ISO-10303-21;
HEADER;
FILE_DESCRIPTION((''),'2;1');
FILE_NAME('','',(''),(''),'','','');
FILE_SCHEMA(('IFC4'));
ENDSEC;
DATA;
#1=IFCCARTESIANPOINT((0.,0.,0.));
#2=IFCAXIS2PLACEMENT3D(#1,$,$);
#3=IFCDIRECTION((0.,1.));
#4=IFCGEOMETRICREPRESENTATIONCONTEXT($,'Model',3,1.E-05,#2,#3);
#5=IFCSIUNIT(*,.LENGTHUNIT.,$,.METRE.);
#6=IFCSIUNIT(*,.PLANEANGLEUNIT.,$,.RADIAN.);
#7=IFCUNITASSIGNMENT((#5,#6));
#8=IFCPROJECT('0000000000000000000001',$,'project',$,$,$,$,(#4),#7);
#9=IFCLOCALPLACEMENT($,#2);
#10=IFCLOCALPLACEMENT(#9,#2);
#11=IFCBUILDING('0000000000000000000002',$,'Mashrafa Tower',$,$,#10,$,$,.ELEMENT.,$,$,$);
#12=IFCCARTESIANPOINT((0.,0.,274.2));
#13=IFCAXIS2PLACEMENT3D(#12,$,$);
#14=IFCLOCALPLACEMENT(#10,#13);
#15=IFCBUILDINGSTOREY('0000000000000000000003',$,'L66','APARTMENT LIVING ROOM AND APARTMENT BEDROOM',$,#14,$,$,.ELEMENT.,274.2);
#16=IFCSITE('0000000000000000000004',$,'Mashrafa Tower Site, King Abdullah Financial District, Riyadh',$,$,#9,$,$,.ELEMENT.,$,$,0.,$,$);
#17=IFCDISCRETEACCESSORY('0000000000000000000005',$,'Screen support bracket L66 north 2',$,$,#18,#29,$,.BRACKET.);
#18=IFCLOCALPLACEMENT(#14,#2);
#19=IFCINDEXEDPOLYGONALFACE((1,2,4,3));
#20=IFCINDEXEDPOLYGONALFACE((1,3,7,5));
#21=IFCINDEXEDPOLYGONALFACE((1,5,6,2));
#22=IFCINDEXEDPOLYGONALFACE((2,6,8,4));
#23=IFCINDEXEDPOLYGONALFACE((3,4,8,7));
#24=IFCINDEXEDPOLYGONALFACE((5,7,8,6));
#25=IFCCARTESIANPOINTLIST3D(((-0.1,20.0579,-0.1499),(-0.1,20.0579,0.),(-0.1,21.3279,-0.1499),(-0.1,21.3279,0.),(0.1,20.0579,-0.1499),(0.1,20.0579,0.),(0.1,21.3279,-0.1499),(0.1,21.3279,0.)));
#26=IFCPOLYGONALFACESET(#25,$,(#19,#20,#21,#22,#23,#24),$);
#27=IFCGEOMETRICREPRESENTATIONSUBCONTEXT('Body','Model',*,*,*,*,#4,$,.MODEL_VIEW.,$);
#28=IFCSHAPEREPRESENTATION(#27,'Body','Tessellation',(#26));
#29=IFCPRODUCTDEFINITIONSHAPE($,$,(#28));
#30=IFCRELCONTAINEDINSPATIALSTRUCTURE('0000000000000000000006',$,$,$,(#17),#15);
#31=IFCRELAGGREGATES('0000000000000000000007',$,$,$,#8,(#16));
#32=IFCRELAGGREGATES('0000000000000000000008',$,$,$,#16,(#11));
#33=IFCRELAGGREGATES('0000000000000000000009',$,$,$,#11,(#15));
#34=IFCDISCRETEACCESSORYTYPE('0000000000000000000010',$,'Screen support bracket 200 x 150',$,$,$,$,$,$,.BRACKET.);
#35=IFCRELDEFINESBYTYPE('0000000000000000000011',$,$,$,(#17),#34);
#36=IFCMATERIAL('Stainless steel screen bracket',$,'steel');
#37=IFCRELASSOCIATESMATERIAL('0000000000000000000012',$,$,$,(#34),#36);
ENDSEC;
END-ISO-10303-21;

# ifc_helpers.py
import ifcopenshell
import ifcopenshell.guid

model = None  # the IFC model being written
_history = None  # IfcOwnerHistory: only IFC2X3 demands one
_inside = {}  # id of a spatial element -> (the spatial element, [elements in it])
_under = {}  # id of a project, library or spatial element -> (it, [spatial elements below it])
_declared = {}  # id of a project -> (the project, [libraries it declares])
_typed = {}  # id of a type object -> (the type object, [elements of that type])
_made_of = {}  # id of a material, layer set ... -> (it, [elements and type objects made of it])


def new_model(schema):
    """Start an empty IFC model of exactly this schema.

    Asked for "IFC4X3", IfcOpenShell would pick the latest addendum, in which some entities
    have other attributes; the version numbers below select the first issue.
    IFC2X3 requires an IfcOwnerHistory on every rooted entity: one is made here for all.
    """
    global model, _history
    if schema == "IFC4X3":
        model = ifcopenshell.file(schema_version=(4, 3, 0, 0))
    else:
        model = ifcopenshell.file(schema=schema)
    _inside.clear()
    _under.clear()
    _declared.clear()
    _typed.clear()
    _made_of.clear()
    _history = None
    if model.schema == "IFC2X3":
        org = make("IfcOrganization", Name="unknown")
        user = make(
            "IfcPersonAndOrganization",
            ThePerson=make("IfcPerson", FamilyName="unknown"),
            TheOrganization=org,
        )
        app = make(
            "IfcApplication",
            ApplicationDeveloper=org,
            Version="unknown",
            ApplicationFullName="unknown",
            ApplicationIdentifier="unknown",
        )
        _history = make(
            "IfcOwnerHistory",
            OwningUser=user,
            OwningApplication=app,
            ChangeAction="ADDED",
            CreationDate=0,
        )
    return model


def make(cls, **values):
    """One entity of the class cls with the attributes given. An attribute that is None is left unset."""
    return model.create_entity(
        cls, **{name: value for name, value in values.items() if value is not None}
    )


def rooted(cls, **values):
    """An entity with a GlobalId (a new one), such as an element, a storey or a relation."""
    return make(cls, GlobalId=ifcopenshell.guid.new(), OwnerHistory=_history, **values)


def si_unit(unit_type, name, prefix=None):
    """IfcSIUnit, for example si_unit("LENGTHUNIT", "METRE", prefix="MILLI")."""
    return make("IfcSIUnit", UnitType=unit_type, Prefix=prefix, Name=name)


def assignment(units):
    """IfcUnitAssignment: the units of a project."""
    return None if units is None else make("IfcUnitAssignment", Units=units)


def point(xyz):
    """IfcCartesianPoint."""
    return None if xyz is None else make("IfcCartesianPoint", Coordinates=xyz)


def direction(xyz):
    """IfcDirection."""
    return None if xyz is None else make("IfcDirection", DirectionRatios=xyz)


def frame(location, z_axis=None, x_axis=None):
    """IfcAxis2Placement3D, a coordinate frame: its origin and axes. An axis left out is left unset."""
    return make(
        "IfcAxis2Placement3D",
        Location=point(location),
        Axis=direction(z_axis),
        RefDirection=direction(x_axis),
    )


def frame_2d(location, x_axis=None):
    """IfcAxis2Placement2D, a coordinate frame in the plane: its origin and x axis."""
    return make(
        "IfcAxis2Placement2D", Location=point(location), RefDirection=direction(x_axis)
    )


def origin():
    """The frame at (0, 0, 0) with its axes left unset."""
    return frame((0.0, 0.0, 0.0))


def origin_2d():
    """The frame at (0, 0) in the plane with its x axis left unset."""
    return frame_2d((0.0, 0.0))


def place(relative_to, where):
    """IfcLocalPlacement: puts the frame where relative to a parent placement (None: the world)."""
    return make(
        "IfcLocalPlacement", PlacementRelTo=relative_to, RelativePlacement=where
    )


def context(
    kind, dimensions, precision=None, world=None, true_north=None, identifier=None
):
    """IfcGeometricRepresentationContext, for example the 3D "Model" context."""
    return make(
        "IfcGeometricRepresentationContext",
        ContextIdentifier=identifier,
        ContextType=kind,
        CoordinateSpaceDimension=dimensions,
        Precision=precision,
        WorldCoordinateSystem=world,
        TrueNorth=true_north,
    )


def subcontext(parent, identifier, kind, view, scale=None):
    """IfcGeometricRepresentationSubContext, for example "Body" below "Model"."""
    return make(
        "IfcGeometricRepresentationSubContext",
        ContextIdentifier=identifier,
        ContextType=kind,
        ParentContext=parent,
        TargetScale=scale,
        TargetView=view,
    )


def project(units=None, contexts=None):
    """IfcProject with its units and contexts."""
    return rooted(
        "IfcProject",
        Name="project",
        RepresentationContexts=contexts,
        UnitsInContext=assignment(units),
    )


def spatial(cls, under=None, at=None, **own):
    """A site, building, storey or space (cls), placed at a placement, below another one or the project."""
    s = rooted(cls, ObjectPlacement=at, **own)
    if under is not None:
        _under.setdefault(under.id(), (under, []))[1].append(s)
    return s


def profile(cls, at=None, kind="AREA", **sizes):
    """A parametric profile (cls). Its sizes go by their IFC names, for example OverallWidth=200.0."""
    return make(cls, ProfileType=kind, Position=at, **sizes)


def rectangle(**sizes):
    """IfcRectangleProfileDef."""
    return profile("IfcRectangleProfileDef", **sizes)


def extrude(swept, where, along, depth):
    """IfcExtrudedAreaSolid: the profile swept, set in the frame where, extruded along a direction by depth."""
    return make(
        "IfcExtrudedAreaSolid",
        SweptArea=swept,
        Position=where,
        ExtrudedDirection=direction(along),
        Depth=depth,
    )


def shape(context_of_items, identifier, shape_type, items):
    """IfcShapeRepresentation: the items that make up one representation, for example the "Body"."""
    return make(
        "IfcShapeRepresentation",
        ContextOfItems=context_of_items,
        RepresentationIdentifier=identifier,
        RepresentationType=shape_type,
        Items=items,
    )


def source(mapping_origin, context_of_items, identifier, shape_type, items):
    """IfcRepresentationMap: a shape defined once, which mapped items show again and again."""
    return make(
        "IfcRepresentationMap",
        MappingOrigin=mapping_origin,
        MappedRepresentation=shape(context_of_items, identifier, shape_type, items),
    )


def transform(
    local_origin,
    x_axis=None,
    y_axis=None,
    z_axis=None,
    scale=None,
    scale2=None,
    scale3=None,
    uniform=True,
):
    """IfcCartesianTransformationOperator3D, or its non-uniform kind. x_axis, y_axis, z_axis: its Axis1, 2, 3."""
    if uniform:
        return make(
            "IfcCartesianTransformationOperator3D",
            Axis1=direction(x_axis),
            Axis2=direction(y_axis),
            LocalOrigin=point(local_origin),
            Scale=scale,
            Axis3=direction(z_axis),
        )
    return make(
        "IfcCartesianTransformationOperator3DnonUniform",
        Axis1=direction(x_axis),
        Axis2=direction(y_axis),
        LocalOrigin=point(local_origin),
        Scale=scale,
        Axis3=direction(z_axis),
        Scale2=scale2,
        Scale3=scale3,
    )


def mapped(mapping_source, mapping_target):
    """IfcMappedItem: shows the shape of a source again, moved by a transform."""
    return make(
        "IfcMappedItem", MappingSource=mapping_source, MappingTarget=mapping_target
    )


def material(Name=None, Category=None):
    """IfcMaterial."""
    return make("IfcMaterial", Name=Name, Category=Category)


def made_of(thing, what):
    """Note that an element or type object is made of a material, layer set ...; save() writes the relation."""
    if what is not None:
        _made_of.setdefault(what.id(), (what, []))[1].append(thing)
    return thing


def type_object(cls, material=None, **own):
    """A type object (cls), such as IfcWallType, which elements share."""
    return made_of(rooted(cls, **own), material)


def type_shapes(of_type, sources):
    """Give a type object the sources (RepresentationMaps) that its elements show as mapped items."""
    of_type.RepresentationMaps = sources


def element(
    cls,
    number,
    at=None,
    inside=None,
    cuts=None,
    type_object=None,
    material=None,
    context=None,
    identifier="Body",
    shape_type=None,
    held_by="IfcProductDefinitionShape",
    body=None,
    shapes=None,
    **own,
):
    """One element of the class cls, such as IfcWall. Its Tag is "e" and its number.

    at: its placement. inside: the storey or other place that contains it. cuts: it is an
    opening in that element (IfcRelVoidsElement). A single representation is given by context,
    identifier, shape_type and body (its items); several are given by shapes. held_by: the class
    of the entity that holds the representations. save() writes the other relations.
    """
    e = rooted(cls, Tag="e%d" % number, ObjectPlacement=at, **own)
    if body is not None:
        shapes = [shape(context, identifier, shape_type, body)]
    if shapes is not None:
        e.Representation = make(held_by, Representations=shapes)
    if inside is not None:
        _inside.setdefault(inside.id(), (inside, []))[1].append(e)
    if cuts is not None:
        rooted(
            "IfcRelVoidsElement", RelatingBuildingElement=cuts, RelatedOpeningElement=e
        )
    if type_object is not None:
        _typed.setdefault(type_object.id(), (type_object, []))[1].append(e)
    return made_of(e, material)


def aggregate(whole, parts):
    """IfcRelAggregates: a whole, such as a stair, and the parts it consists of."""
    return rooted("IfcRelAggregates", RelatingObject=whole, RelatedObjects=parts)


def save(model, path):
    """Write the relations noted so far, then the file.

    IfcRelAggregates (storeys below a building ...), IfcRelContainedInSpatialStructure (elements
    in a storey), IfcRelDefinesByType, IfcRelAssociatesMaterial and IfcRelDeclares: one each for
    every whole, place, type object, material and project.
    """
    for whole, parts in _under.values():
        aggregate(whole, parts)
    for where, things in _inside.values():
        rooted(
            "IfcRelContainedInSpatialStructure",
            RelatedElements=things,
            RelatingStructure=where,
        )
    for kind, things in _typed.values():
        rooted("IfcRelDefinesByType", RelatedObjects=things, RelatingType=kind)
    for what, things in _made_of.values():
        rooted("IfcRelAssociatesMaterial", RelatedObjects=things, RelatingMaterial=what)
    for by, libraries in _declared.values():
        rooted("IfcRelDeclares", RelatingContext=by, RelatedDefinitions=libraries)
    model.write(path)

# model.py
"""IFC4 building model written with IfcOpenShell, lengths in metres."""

from ifc_helpers import new_model, si_unit, direction, frame, origin, origin_2d, place, context, subcontext, project, spatial, rectangle, extrude, source, transform, mapped, material, type_object, type_shapes, element, save


model = new_model("IFC4")

# Units and contexts
model_context = context("Model", 3, precision=1e-05, world=origin(), true_north=direction((0.0, 1.0)))
body_context = subcontext(model_context, "Body", "Model", "MODEL_VIEW")
ifc_project = project(units=[si_unit("LENGTHUNIT", "METRE"), si_unit("PLANEANGLEUNIT", "RADIAN")], contexts=[model_context])

# Site, building, storey
site_placement = place(None, origin())
site = spatial("IfcSite", under=ifc_project, at=site_placement, Name="Mashrafa Tower Site, King Abdullah Financial District, Riyadh", CompositionType="ELEMENT", RefElevation=0.0)
building_placement = place(site_placement, origin())
building = spatial("IfcBuilding", under=site, at=building_placement, Name="Mashrafa Tower", CompositionType="ELEMENT")
storey_placement = place(building_placement, frame((0.0, 0.0, 274.2)))
storey = spatial("IfcBuildingStorey", under=building, at=storey_placement, Name="L66", Description="APARTMENT LIVING ROOM AND APARTMENT BEDROOM", CompositionType="ELEMENT", Elevation=274.2)

# Discrete accessory
ifc_material_1 = material(Name="Stainless steel screen bracket", Category="steel")
discrete_accessory_type = type_object("IfcDiscreteAccessoryType", Name="Screen support bracket 200 x 150", PredefinedType="BRACKET", material=ifc_material_1)
shared_shape_1 = source(origin(), body_context, "Body", "SweptSolid", [
    extrude(rectangle(XDim=0.2, YDim=1.27, at=origin_2d()), origin(), (0.0, 0.0, 1.0), 0.1499),
])
type_shapes(discrete_accessory_type, [shared_shape_1])
for number, where, z_axis, x_axis, name in (
    (1, (0.0, 20.6929, -0.1499), (0.0, 0.0, 1.0), (-1.0, 0.0, 0.0), "Screen support bracket L66 north 2"),
):
    element("IfcDiscreteAccessory", number, at=place(storey_placement, frame(where, z_axis=z_axis, x_axis=x_axis)), inside=storey, type_object=discrete_accessory_type, Name=name, PredefinedType="BRACKET", context=body_context, shape_type="MappedRepresentation", body=[
        mapped(shared_shape_1, transform((0.0, 0.0, 0.0))),
    ])

save(model, "model.ifc")
